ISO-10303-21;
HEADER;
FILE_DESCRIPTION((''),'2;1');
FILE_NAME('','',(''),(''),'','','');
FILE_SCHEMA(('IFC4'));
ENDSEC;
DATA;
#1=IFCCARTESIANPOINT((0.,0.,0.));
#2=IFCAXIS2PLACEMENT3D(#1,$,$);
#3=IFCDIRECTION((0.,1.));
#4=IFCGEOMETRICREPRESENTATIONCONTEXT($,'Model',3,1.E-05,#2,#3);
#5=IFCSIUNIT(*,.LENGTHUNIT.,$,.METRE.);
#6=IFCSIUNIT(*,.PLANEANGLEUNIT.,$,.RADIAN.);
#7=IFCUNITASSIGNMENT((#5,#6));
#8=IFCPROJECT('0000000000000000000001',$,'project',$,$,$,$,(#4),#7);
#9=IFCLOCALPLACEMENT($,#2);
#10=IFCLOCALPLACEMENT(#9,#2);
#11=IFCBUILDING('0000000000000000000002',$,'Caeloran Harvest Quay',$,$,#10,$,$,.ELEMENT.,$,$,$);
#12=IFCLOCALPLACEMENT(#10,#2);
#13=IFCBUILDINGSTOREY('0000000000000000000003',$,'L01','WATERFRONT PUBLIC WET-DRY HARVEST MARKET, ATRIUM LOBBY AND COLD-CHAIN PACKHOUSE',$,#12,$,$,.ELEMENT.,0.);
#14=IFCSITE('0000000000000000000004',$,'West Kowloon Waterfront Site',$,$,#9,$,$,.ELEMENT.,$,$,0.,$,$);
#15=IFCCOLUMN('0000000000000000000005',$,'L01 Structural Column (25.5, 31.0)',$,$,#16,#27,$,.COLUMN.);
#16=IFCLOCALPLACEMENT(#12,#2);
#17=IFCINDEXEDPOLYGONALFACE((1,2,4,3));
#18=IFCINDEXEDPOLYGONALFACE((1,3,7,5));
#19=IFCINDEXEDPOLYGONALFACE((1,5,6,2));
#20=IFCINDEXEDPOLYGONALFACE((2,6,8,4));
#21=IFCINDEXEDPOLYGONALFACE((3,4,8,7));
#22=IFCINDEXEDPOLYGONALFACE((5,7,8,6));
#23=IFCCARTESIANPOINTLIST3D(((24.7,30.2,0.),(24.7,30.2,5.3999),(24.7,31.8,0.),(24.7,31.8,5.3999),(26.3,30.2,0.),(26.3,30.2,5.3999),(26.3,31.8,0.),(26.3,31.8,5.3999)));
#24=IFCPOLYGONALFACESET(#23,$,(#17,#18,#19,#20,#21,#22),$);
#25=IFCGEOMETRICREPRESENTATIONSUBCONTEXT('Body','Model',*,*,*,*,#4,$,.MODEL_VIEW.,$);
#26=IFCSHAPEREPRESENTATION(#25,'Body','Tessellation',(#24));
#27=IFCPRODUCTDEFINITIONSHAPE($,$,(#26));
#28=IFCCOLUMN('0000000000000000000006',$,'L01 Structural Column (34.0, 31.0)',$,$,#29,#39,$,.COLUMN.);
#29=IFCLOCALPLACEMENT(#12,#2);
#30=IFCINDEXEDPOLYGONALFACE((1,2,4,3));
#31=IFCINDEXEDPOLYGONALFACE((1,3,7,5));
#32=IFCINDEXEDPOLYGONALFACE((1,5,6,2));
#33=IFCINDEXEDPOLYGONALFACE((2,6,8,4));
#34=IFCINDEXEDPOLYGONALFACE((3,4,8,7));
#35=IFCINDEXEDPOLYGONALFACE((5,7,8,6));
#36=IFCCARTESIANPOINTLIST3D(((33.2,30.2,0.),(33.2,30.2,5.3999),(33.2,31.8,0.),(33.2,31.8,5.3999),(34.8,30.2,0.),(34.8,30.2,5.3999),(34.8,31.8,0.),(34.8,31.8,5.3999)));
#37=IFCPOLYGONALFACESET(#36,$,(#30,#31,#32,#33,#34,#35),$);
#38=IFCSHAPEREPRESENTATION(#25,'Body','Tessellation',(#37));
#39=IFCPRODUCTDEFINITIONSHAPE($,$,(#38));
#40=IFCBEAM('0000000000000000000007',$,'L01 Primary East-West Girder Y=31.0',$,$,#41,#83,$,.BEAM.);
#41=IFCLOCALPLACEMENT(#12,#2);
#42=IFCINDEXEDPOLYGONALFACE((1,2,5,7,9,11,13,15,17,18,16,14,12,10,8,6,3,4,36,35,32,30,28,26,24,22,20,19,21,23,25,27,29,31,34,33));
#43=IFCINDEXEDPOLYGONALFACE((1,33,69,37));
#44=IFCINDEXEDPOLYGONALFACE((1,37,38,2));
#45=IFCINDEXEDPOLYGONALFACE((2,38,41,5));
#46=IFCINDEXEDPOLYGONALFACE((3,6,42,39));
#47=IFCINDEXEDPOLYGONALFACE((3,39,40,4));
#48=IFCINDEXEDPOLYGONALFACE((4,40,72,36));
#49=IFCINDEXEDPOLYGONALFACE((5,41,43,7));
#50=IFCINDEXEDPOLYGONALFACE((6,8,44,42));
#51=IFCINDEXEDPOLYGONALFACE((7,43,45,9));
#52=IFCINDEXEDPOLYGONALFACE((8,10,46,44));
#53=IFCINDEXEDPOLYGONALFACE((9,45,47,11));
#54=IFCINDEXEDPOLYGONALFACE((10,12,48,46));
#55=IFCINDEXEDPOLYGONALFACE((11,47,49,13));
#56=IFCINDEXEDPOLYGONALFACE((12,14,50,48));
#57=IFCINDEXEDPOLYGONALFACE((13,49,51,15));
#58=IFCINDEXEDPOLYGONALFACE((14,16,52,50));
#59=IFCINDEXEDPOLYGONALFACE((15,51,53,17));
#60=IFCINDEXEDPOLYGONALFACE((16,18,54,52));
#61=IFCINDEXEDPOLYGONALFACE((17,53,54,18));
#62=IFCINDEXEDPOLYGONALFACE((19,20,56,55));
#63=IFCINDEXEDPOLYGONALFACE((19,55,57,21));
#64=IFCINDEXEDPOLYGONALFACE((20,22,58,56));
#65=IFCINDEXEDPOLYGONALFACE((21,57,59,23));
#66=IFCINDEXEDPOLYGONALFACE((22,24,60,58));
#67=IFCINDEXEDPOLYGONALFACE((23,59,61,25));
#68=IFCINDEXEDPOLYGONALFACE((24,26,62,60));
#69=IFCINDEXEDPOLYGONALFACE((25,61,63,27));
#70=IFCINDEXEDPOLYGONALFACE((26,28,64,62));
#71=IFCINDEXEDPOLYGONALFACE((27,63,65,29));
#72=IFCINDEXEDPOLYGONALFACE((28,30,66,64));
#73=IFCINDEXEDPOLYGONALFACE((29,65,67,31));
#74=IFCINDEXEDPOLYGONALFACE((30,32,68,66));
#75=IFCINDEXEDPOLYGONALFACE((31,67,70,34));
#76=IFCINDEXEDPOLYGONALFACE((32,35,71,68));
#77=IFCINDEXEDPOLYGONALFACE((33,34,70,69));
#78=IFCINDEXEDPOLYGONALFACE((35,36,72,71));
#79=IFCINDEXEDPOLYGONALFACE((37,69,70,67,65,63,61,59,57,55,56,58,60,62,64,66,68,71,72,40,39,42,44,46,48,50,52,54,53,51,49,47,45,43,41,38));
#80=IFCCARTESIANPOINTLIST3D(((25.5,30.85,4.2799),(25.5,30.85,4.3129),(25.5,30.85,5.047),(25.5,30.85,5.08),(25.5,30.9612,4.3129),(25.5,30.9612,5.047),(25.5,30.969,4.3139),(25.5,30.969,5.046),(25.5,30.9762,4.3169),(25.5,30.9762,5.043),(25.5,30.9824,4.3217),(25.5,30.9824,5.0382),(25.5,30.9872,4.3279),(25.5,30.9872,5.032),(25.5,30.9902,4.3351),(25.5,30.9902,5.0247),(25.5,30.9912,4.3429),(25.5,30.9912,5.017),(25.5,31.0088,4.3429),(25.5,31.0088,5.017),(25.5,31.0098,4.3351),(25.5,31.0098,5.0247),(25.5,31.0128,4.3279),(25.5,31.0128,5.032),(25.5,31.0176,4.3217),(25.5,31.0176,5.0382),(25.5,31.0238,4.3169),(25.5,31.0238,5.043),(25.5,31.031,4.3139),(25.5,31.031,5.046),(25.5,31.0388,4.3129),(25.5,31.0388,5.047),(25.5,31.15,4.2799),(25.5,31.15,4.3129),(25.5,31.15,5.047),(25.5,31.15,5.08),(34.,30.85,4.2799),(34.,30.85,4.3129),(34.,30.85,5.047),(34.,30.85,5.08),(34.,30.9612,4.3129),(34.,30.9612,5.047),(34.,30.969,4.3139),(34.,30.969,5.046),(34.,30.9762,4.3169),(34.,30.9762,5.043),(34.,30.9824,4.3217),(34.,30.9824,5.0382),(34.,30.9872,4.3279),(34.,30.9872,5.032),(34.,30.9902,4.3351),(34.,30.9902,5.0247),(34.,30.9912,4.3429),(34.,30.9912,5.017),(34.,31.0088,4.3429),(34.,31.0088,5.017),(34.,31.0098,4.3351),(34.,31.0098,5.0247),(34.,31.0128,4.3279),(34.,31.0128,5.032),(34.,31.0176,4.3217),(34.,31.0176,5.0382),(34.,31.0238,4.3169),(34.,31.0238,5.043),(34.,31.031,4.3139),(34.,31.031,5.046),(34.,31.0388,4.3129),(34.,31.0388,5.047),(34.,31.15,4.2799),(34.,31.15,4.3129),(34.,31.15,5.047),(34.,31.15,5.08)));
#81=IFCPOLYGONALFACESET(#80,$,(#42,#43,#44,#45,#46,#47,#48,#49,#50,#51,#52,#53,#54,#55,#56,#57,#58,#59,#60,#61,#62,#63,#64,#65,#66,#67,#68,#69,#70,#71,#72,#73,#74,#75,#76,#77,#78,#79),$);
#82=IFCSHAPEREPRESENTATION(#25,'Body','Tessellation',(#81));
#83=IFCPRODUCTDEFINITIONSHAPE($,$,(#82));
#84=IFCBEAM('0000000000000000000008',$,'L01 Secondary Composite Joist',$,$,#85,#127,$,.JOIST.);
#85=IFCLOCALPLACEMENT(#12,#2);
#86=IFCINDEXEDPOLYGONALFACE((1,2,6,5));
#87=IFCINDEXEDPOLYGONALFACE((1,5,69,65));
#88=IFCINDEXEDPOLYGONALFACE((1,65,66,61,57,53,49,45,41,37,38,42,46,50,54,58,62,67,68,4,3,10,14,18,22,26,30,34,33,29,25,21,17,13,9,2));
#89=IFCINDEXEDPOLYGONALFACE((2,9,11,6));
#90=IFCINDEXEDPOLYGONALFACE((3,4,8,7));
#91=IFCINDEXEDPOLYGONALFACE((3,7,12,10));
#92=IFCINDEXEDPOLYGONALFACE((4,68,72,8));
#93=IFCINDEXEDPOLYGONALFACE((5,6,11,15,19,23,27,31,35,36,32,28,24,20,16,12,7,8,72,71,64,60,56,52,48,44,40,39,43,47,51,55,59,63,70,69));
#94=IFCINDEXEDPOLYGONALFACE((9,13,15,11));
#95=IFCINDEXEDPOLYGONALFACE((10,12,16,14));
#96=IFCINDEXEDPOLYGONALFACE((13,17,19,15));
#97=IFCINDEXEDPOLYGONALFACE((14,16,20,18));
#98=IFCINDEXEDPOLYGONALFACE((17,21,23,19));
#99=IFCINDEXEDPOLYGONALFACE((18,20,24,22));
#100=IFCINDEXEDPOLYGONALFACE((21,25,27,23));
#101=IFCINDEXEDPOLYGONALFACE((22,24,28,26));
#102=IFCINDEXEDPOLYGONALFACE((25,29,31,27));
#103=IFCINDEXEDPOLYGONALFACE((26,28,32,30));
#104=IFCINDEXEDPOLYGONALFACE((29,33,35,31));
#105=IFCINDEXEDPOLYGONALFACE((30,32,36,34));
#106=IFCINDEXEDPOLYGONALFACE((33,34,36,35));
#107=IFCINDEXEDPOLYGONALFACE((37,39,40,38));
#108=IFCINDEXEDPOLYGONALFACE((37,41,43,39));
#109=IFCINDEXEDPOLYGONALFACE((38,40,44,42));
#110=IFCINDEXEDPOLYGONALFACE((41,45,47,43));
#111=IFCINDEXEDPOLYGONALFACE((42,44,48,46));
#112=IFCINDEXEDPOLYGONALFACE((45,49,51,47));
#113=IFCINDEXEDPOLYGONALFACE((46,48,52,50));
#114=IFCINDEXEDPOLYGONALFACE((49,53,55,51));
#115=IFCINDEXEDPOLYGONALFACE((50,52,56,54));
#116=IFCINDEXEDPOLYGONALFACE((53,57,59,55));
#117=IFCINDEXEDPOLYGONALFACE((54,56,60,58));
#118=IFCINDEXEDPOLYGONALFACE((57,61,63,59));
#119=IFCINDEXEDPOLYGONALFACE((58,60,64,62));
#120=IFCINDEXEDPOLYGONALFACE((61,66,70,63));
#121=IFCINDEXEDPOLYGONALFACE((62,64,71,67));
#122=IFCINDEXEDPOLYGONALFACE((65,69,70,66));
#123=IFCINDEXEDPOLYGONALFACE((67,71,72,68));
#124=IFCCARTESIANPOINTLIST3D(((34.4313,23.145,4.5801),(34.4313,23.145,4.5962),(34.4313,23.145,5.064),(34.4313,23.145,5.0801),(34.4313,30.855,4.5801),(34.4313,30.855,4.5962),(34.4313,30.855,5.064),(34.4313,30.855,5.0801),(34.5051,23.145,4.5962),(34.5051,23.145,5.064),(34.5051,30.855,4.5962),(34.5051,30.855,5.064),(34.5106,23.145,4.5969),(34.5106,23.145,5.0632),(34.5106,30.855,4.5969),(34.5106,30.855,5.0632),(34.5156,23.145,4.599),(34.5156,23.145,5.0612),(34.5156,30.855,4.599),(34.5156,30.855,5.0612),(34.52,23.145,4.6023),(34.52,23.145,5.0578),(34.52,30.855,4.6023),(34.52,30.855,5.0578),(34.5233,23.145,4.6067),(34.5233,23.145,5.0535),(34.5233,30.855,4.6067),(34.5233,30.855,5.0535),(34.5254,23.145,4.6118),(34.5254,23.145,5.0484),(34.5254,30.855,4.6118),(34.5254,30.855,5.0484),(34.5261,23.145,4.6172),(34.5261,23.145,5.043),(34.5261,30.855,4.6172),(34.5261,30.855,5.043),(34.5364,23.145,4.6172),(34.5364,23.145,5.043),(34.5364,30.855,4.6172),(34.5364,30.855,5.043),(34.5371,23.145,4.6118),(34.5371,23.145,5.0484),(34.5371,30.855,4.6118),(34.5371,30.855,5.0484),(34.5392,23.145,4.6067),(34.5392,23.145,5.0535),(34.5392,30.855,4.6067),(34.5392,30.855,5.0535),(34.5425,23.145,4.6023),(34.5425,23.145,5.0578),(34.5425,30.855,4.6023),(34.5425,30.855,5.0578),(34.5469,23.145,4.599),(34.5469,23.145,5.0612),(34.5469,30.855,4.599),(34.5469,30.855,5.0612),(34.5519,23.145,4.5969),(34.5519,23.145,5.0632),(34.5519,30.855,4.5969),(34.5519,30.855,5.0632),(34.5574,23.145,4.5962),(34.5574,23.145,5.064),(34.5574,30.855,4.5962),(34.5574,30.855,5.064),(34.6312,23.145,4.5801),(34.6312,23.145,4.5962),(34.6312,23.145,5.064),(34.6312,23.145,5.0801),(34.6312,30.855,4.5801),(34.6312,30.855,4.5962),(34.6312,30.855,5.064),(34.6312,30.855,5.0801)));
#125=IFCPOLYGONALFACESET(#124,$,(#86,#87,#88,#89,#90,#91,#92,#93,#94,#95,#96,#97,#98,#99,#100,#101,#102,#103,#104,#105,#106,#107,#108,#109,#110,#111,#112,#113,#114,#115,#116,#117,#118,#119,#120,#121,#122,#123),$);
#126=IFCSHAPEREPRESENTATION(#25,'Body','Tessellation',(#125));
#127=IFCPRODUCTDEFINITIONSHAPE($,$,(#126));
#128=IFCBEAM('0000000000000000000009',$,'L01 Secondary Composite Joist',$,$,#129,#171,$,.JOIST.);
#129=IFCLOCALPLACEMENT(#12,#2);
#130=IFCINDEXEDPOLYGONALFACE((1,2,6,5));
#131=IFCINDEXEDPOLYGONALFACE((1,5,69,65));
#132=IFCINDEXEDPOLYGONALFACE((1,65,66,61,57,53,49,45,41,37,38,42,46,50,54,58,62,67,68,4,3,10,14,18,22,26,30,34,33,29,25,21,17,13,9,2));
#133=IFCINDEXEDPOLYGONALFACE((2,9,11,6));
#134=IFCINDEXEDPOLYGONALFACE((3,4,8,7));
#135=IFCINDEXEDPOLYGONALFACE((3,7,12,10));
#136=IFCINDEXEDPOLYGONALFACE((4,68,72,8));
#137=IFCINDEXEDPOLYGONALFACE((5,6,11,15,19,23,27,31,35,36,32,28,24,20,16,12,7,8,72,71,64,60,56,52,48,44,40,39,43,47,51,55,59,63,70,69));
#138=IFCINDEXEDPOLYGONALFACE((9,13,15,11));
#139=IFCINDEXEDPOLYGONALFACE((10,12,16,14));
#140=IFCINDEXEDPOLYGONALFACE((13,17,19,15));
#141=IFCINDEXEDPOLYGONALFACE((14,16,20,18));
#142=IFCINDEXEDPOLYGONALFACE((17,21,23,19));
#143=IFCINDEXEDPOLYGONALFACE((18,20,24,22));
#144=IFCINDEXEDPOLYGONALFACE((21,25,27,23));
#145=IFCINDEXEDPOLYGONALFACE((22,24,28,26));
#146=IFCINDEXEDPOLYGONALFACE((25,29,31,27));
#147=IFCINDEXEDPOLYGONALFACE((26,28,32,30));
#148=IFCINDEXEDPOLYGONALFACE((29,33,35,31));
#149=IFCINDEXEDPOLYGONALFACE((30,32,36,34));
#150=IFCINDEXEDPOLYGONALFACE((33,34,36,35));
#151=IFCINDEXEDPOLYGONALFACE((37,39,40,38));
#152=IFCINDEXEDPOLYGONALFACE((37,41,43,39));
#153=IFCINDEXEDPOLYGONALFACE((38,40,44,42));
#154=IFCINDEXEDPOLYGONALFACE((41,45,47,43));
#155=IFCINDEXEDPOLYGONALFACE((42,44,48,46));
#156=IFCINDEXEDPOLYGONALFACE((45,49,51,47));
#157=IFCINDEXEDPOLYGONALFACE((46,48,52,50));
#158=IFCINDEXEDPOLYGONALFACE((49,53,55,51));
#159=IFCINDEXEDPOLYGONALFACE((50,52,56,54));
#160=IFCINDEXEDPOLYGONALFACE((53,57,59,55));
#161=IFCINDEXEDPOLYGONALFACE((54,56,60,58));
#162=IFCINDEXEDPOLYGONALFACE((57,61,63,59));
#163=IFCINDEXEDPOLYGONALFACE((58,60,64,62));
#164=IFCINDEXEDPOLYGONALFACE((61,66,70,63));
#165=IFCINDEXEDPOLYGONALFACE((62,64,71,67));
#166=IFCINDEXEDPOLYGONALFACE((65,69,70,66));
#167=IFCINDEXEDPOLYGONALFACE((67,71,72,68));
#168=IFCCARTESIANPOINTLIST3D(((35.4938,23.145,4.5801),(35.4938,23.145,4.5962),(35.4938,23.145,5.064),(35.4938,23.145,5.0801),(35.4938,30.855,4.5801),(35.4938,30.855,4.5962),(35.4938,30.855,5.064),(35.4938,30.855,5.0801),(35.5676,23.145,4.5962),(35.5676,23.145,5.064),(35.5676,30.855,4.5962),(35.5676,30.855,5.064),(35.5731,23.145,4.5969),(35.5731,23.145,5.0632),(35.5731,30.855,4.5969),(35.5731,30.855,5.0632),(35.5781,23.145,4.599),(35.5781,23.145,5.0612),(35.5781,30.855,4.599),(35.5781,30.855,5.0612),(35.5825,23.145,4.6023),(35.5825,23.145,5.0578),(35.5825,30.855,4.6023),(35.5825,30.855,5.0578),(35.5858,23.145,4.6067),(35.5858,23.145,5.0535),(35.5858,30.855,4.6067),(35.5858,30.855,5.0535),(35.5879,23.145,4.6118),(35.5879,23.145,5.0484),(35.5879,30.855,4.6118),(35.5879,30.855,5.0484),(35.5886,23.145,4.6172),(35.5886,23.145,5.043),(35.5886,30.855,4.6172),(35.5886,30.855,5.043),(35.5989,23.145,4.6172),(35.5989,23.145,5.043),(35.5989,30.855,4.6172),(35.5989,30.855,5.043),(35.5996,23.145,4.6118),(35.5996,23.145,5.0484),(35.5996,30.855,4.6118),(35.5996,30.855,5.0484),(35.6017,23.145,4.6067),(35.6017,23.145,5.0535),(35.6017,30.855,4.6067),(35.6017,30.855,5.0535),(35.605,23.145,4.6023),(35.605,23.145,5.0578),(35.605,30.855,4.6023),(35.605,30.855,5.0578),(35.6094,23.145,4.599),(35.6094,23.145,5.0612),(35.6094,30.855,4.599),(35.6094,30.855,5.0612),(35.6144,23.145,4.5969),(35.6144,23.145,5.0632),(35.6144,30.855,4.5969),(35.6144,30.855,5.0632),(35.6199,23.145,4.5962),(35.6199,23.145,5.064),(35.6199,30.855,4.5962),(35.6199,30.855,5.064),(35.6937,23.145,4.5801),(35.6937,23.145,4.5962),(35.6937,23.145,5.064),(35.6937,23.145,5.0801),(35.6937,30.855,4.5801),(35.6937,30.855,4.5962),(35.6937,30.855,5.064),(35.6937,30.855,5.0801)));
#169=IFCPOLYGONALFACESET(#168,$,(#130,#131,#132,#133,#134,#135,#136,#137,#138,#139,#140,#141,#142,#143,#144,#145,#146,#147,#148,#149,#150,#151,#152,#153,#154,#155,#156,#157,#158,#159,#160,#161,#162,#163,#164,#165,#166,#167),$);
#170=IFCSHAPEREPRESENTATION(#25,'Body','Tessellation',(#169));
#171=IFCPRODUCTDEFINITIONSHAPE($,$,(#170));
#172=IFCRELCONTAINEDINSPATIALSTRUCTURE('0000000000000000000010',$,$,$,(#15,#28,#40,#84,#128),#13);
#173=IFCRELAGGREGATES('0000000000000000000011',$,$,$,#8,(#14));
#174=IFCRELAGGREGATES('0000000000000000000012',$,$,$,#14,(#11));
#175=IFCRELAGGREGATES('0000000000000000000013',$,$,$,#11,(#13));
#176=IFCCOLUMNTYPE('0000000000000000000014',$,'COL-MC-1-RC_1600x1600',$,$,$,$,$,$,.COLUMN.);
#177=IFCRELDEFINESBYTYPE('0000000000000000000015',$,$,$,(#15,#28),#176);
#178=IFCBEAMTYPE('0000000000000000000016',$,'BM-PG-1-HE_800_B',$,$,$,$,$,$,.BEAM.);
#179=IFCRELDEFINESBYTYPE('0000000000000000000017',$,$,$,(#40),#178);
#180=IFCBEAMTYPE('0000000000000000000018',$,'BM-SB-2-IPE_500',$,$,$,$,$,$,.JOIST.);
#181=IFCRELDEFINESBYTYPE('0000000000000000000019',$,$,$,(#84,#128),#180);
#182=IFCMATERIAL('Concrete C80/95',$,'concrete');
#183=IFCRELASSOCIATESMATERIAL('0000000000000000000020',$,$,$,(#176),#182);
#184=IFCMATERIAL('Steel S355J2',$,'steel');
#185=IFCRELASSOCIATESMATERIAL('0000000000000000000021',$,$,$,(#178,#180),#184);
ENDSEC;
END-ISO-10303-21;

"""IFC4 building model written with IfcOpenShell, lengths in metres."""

from ifc_helpers import new_model, si_unit, direction, frame, origin, origin_2d, place, context, subcontext, project, spatial, rectangle, i_section, extrude, material, material_profile, profile_set, type_object, element, save


model = new_model("IFC4")

# Units and contexts
model_context = context("Model", 3, precision=1e-05, world=origin(), true_north=direction((0.0, 1.0)))
body_context = subcontext(model_context, "Body", "Model", "MODEL_VIEW")
ifc_project = project(units=[si_unit("LENGTHUNIT", "METRE"), si_unit("PLANEANGLEUNIT", "RADIAN")], contexts=[model_context])

# Site, building, storey
site_placement = place(None, origin())
site = spatial("IfcSite", under=ifc_project, at=site_placement, Name="West Kowloon Waterfront Site", CompositionType="ELEMENT", RefElevation=0.0)
building_placement = place(site_placement, origin())
building = spatial("IfcBuilding", under=site, at=building_placement, Name="Caeloran Harvest Quay", CompositionType="ELEMENT")
storey_placement = place(building_placement, origin())
storey = spatial("IfcBuildingStorey", under=building, at=storey_placement, Name="L01", Description="WATERFRONT PUBLIC WET-DRY HARVEST MARKET, ATRIUM LOBBY AND COLD-CHAIN PACKHOUSE", CompositionType="ELEMENT", Elevation=0.0)

# Columns
ifc_material_1 = material(Name="Concrete C80/95", Category="concrete")
ifc_material_profile_1 = material_profile(ifc_material_1, rectangle(XDim=1.6001, YDim=1.6001, at=origin_2d()), Name="RC 1600x1600")
ifc_profile_set_1 = profile_set([ifc_material_profile_1], Name="Concrete C80/95")
column_type = type_object("IfcColumnType", Name="COL-MC-1-RC_1600x1600", PredefinedType="COLUMN", material=ifc_profile_set_1)
for number, where, z_axis, x_axis, name in (
    (1, (25.5, 31.0, 0.0), (0.0, 0.0, 1.0), (1.0, 0.0, 0.0), "L01 Structural Column (25.5, 31.0)"),
    (2, (34.0, 31.0, 0.0), (0.0, 0.0, 1.0), (1.0, 0.0, 0.0), "L01 Structural Column (34.0, 31.0)"),
):
    element("IfcColumn", number, at=place(storey_placement, frame(where, z_axis=z_axis, x_axis=x_axis)), inside=storey, type_object=column_type, Name=name, PredefinedType="COLUMN", context=body_context, shape_type="SweptSolid", body=[
        extrude(rectangle(XDim=1.6001, YDim=1.6001, at=origin_2d()), origin(), (0.0, 0.0, 1.0), 5.3999),
    ])

# Beams
ifc_material_2 = material(Name="Steel S355J2", Category="steel")
ifc_material_profile_2 = material_profile(ifc_material_2, i_section(OverallWidth=0.3, OverallDepth=0.8, WebThickness=0.0176, FlangeThickness=0.033, FilletRadius=0.03, at=origin_2d()), Name="HE 800 B")
ifc_profile_set_2 = profile_set([ifc_material_profile_2], Name="Steel S355J2")
beam_type_1 = type_object("IfcBeamType", Name="BM-PG-1-HE_800_B", PredefinedType="BEAM", material=ifc_profile_set_2)
beam_placement = place(storey_placement, frame((25.5, 31.0, 4.6799), z_axis=(1.0, 0.0, 0.0), x_axis=(0.0, 1.0, 0.0)))
element("IfcBeam", 3, at=beam_placement, inside=storey, type_object=beam_type_1, Name="L01 Primary East-West Girder Y=31.0", PredefinedType="BEAM", context=body_context, shape_type="SweptSolid", body=[
    extrude(i_section(OverallWidth=0.3, OverallDepth=0.8, WebThickness=0.0176, FlangeThickness=0.033, FilletRadius=0.03, at=origin_2d()), origin(), (0.0, 0.0, 1.0), 8.5),
])
ifc_material_profile_3 = material_profile(ifc_material_2, i_section(OverallWidth=0.2, OverallDepth=0.5, WebThickness=0.0103, FlangeThickness=0.0161, FilletRadius=0.021, at=origin_2d()), Name="IPE 500")
ifc_profile_set_3 = profile_set([ifc_material_profile_3], Name="Steel S355J2")
beam_type_2 = type_object("IfcBeamType", Name="BM-SB-2-IPE_500", PredefinedType="JOIST", material=ifc_profile_set_3)
for number, where, z_axis, x_axis, name in (
    (4, (34.5312, 23.145, 4.8301), (0.0, 1.0, 0.0), (-1.0, 0.0, 0.0), "L01 Secondary Composite Joist"),
    (5, (35.5938, 23.145, 4.8301), (0.0, 1.0, 0.0), (-1.0, 0.0, 0.0), "L01 Secondary Composite Joist"),
):
    element("IfcBeam", number, at=place(storey_placement, frame(where, z_axis=z_axis, x_axis=x_axis)), inside=storey, type_object=beam_type_2, Name=name, PredefinedType="JOIST", context=body_context, shape_type="SweptSolid", body=[
        extrude(i_section(OverallWidth=0.2, OverallDepth=0.5, WebThickness=0.0103, FlangeThickness=0.0161, FilletRadius=0.021, at=origin_2d()), origin(), (0.0, 0.0, 1.0), 7.71),
    ])

save(model, "model.ifc")
